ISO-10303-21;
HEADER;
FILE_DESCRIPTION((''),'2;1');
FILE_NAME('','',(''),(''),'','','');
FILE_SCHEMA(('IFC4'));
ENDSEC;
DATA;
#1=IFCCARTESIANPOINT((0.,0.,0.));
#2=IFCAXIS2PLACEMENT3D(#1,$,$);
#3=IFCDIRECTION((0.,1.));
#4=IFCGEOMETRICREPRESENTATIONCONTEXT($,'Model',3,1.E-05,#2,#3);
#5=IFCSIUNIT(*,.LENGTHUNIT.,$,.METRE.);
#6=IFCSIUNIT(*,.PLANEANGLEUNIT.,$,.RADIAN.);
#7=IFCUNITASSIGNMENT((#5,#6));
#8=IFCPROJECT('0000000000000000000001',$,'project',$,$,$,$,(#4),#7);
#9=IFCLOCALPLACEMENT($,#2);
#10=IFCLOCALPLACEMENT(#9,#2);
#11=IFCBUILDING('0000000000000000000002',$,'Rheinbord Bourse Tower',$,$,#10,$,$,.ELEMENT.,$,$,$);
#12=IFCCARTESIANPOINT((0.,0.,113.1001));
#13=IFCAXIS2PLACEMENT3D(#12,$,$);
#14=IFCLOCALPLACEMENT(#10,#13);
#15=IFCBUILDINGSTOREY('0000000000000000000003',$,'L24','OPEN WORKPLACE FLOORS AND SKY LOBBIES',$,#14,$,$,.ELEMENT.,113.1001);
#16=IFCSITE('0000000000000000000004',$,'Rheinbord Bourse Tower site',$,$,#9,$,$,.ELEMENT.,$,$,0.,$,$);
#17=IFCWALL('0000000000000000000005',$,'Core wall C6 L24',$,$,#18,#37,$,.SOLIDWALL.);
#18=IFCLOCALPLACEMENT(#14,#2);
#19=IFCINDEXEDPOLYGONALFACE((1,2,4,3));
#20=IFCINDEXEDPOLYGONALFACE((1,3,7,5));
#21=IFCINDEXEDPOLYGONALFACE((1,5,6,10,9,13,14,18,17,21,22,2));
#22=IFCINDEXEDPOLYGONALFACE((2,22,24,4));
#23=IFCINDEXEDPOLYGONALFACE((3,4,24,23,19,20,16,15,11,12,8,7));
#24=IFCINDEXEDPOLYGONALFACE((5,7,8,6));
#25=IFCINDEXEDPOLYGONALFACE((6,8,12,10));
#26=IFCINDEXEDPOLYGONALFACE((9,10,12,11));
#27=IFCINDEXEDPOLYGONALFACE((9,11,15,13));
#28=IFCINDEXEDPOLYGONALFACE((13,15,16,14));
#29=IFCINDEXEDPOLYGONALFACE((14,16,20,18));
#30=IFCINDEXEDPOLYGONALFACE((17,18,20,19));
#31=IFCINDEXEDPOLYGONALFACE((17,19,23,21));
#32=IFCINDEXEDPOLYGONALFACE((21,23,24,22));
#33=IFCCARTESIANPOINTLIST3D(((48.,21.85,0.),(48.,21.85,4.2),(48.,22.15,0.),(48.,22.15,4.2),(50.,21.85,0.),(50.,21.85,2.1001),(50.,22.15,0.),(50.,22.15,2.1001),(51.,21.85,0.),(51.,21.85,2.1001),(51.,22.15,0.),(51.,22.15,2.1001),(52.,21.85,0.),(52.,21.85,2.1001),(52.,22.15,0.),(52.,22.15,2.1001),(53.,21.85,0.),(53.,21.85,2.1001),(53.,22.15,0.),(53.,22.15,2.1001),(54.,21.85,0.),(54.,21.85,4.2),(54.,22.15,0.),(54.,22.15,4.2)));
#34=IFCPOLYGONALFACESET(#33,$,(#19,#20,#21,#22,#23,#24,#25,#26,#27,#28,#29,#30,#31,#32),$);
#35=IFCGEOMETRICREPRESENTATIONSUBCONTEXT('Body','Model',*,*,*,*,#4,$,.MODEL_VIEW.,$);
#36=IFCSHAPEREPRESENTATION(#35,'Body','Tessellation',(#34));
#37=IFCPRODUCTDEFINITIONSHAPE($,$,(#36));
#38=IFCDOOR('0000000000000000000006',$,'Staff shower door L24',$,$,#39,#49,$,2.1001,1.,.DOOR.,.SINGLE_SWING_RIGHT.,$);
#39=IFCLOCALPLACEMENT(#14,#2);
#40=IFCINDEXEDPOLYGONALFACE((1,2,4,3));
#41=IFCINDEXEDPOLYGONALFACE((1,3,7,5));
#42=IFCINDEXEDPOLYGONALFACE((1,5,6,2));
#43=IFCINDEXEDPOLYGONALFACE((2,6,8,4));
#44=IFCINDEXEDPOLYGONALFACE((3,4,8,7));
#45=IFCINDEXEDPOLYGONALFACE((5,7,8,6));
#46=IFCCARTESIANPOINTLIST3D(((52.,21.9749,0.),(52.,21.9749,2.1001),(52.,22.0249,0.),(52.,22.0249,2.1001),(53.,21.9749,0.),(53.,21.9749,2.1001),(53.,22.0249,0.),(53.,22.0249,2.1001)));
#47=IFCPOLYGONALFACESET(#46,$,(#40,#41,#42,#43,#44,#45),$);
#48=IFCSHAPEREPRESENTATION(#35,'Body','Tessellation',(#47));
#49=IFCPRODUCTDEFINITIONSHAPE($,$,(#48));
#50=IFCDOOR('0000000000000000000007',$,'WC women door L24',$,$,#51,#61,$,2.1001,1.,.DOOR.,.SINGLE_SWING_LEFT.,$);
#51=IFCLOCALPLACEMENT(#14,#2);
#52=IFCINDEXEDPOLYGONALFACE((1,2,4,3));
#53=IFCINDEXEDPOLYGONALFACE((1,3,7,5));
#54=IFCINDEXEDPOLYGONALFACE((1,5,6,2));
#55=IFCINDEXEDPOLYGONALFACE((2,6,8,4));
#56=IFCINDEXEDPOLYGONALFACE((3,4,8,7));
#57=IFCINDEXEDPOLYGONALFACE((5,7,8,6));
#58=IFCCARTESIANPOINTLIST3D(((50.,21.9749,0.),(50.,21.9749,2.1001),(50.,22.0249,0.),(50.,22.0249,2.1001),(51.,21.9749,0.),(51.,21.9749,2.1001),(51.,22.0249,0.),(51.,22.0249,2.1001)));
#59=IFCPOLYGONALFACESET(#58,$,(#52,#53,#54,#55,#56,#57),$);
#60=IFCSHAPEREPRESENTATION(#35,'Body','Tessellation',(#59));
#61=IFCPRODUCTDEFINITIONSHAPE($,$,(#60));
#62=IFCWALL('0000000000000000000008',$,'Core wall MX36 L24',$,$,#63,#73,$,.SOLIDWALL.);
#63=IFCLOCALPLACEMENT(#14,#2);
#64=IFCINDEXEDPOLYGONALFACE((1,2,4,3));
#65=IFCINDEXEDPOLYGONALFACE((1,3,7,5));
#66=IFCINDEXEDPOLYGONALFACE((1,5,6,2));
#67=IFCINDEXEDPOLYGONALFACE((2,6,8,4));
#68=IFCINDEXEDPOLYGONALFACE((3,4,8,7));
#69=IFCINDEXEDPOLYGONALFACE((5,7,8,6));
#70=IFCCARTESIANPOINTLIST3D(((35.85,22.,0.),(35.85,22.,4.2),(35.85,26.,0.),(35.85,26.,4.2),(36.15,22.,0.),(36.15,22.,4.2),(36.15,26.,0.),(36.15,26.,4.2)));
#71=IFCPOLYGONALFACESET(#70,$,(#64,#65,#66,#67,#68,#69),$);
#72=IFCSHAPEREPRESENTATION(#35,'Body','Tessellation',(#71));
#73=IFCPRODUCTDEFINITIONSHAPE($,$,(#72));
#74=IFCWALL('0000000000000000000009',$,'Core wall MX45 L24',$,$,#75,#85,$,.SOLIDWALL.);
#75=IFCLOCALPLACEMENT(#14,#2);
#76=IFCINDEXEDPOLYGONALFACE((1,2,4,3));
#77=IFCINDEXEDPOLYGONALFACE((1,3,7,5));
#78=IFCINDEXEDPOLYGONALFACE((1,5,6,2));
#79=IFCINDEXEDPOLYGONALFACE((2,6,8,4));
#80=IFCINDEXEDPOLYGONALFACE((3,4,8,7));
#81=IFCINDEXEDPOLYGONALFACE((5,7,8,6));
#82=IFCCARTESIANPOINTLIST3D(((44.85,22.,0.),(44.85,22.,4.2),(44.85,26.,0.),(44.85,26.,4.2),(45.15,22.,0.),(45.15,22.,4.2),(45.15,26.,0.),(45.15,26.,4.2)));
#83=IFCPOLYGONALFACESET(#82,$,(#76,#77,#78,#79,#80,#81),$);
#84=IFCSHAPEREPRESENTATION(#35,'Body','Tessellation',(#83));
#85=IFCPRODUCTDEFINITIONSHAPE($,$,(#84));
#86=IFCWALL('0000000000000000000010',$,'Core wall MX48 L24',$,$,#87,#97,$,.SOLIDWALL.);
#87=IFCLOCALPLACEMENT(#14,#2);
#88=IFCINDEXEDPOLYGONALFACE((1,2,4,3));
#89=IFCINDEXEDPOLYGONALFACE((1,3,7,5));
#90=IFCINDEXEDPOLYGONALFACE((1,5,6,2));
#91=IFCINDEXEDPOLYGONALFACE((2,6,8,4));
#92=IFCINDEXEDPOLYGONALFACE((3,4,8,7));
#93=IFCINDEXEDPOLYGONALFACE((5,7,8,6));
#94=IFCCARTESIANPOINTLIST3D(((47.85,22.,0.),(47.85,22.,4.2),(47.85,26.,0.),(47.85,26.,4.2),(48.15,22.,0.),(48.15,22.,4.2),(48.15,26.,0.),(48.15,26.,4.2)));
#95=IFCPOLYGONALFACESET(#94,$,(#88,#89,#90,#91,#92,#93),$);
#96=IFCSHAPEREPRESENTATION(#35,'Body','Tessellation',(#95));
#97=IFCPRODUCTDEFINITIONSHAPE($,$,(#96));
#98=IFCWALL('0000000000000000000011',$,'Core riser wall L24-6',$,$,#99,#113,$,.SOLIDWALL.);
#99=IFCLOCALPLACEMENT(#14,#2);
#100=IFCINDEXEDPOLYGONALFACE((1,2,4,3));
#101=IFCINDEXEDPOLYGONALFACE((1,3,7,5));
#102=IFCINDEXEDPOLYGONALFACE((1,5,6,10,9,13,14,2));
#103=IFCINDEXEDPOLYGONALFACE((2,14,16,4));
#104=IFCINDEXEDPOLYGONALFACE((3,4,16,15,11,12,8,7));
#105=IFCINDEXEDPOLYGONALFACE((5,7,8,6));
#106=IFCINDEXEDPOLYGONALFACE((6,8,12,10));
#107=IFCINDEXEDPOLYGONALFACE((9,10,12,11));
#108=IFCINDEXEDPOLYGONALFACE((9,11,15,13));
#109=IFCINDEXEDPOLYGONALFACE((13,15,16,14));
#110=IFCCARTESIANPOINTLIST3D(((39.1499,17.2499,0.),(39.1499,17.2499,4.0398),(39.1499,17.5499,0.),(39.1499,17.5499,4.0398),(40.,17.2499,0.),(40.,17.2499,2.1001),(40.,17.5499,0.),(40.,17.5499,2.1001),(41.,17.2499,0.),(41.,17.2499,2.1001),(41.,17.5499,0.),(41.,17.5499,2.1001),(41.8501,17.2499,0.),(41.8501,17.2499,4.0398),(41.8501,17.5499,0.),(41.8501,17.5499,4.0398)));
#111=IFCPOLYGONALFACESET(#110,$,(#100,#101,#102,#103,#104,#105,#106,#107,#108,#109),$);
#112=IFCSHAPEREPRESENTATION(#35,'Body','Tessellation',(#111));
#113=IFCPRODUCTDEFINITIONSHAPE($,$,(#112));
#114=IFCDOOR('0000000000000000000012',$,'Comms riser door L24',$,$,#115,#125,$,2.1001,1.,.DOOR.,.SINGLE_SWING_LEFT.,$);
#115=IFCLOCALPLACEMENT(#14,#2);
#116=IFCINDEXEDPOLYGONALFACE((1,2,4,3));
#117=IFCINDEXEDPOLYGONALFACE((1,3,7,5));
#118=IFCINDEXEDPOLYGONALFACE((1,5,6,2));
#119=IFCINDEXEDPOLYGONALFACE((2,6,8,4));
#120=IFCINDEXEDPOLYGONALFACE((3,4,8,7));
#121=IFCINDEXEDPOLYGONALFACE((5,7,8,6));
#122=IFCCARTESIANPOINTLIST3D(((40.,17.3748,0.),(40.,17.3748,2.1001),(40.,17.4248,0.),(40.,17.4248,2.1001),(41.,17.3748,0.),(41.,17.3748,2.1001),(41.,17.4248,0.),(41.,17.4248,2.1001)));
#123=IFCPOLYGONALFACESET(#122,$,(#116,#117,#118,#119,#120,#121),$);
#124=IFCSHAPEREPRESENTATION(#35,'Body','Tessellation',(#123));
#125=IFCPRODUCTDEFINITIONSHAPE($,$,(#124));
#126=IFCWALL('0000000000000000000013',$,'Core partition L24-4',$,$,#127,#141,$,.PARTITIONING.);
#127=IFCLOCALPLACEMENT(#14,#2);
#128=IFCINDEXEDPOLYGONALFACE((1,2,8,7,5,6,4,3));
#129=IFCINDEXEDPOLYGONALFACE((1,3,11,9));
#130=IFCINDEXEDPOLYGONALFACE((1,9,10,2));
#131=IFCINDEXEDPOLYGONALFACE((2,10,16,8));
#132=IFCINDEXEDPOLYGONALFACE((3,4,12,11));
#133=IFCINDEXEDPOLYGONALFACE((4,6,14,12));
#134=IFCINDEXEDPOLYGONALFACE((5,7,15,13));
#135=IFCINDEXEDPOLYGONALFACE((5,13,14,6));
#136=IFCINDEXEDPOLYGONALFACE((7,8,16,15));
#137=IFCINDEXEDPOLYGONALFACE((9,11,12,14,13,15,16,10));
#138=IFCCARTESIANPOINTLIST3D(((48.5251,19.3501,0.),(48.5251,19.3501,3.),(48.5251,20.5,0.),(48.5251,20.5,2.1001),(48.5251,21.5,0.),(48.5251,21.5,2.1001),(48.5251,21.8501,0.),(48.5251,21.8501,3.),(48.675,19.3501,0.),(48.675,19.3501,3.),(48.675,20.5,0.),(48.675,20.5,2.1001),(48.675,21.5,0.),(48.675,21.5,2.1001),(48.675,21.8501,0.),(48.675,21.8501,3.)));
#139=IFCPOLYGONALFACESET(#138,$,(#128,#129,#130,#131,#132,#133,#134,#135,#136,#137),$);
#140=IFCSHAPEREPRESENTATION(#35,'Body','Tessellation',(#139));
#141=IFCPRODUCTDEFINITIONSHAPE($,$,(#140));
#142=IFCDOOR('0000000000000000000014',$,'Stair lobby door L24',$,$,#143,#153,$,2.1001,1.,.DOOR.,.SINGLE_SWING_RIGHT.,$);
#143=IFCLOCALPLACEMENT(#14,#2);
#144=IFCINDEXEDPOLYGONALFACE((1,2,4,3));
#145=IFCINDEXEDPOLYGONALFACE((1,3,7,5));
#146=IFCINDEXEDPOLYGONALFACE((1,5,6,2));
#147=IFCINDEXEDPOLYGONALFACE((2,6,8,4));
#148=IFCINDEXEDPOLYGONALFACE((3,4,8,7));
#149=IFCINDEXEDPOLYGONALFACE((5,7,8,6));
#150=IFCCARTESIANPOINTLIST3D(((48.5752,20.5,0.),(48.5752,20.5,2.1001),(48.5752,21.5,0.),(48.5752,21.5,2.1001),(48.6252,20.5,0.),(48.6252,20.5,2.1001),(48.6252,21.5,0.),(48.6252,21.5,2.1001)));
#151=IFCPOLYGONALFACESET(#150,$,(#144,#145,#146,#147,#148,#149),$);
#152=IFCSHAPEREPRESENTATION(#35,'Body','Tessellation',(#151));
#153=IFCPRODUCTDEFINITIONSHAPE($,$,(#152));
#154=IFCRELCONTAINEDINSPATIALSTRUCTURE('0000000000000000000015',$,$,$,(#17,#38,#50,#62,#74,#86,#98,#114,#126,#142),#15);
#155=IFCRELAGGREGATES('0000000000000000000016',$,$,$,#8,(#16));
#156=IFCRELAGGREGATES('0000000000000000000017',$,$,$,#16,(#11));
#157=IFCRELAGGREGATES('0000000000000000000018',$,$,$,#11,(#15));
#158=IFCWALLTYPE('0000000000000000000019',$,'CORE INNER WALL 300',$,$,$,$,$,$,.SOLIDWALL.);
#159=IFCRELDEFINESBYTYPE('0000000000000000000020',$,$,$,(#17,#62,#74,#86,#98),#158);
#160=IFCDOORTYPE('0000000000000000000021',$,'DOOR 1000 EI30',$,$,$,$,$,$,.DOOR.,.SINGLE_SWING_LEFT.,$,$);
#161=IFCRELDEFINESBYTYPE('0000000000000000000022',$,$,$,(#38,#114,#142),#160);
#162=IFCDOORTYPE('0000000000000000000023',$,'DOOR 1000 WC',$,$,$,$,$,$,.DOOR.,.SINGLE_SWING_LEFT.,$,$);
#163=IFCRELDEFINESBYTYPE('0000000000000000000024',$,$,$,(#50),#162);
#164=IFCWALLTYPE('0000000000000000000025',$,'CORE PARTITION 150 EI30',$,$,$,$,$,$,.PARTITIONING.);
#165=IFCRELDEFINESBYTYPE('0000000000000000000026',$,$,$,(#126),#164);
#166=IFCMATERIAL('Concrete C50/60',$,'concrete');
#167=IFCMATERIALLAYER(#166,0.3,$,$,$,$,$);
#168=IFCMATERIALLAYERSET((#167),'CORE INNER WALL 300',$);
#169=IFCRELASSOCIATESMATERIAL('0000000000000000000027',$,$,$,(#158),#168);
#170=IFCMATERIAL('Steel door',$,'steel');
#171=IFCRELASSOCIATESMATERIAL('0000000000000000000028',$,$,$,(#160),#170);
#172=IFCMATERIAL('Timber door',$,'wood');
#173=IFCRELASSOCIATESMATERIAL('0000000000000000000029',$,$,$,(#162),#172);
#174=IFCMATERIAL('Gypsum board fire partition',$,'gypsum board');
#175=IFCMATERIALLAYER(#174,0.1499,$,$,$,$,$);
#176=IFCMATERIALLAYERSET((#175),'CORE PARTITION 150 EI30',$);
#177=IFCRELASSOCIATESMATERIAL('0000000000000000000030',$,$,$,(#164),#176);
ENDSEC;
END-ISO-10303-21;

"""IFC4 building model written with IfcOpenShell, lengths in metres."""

from ifc_helpers import new_model, si_unit, direction, frame, frame_2d, origin, place, context, subcontext, project, spatial, rectangle, extrude, material, layer, layer_set, type_object, element, fill, save


model = new_model("IFC4")

# Units and contexts
model_context = context("Model", 3, precision=1e-05, world=origin(), true_north=direction((0.0, 1.0)))
body_context = subcontext(model_context, "Body", "Model", "MODEL_VIEW")
ifc_project = project(units=[si_unit("LENGTHUNIT", "METRE"), si_unit("PLANEANGLEUNIT", "RADIAN")], contexts=[model_context])

# Site, building, storey
site_placement = place(None, origin())
site = spatial("IfcSite", under=ifc_project, at=site_placement, Name="Rheinbord Bourse Tower site", CompositionType="ELEMENT", RefElevation=0.0)
building_placement = place(site_placement, origin())
building = spatial("IfcBuilding", under=site, at=building_placement, Name="Rheinbord Bourse Tower", CompositionType="ELEMENT")
storey_placement = place(building_placement, frame((0.0, 0.0, 113.1001)))
storey = spatial("IfcBuildingStorey", under=building, at=storey_placement, Name="L24", Description="OPEN WORKPLACE FLOORS AND SKY LOBBIES", CompositionType="ELEMENT", Elevation=113.1001)

# Shared definitions
ifc_material_1 = material(Name="Concrete C50/60", Category="concrete")
ifc_layer_1 = layer(ifc_material_1, 0.3)
ifc_layer_set_1 = layer_set([ifc_layer_1], Name="CORE INNER WALL 300")
wall_type_1 = type_object("IfcWallType", Name="CORE INNER WALL 300", PredefinedType="SOLIDWALL", material=ifc_layer_set_1)
ifc_material_2 = material(Name="Steel door", Category="steel")
door_type_1 = type_object("IfcDoorType", Name="DOOR 1000 EI30", OperationType="SINGLE_SWING_LEFT", PredefinedType="DOOR", material=ifc_material_2)

# Shared definitions
ifc_material_3 = material(Name="Timber door", Category="wood")
door_type_2 = type_object("IfcDoorType", Name="DOOR 1000 WC", OperationType="SINGLE_SWING_LEFT", PredefinedType="DOOR", material=ifc_material_3)

# Wall, openings, doors
wall_1_placement = place(storey_placement, frame((48.0, 22.0, 0.0), z_axis=(0.0, 0.0, 1.0), x_axis=(1.0, 0.0, 0.0)))
wall_1 = element("IfcWall", 1, at=wall_1_placement, inside=storey, type_object=wall_type_1, Name="Core wall C6 L24", PredefinedType="SOLIDWALL", context=body_context, shape_type="SweptSolid", body=[
    extrude(rectangle(XDim=6.0, YDim=0.3, at=frame_2d((3.0, 0.0))), origin(), (0.0, 0.0, 1.0), 4.2),
])
opening_1_placement = place(wall_1_placement, frame((2.0, 0.0, 0.0)))
opening_1 = element("IfcOpeningElement", 2, at=opening_1_placement, cuts=wall_1, PredefinedType="OPENING", context=body_context, shape_type="SweptSolid", body=[
    extrude(rectangle(XDim=1.0, YDim=2.1001, at=frame_2d((0.5, 1.05))), frame((0.0, 0.1599, 0.0), z_axis=(0.0, -1.0, 0.0), x_axis=(1.0, 0.0, 0.0)), (0.0, 0.0, 1.0), 0.3201),
])
opening_2_placement = place(wall_1_placement, frame((4.0, 0.0, 0.0)))
opening_2 = element("IfcOpeningElement", 3, at=opening_2_placement, cuts=wall_1, PredefinedType="OPENING", context=body_context, shape_type="SweptSolid", body=[
    extrude(rectangle(XDim=1.0, YDim=2.1001, at=frame_2d((0.5, 1.05))), frame((0.0, 0.1599, 0.0), z_axis=(0.0, -1.0, 0.0), x_axis=(1.0, 0.0, 0.0)), (0.0, 0.0, 1.0), 0.3201),
])
door_1_placement = place(opening_2_placement, origin())
door_1 = element("IfcDoor", 4, at=door_1_placement, inside=storey, type_object=door_type_1, Name="Staff shower door L24", OperationType="SINGLE_SWING_RIGHT", OverallHeight=2.1001, OverallWidth=1.0, PredefinedType="DOOR", context=body_context, shape_type="SweptSolid", body=[
    extrude(rectangle(XDim=1.0, YDim=2.1001, at=frame_2d((0.5, 1.05))), frame((0.0, 0.0249, 0.0), z_axis=(0.0, -1.0, 0.0), x_axis=(1.0, 0.0, 0.0)), (0.0, 0.0, 1.0), 0.05),
])
fill(opening_2, door_1)
door_2_placement = place(opening_1_placement, origin())
door_2 = element("IfcDoor", 5, at=door_2_placement, inside=storey, type_object=door_type_2, Name="WC women door L24", OperationType="SINGLE_SWING_LEFT", OverallHeight=2.1001, OverallWidth=1.0, PredefinedType="DOOR", context=body_context, shape_type="SweptSolid", body=[
    extrude(rectangle(XDim=1.0, YDim=2.1001, at=frame_2d((0.5, 1.05))), frame((0.0, 0.0249, 0.0), z_axis=(0.0, -1.0, 0.0), x_axis=(1.0, 0.0, 0.0)), (0.0, 0.0, 1.0), 0.05),
])
fill(opening_1, door_2)

# Walls
for number, where, z_axis, x_axis, name in (
    (6, (36.0, 22.0, 0.0), (0.0, 0.0, 1.0), (0.0, 1.0, 0.0), "Core wall MX36 L24"),
    (7, (45.0, 22.0, 0.0), (0.0, 0.0, 1.0), (0.0, 1.0, 0.0), "Core wall MX45 L24"),
    (8, (48.0, 22.0, 0.0), (0.0, 0.0, 1.0), (0.0, 1.0, 0.0), "Core wall MX48 L24"),
):
    element("IfcWall", number, at=place(storey_placement, frame(where, z_axis=z_axis, x_axis=x_axis)), inside=storey, type_object=wall_type_1, Name=name, PredefinedType="SOLIDWALL", context=body_context, shape_type="SweptSolid", body=[
        extrude(rectangle(XDim=4.0, YDim=0.3, at=frame_2d((2.0, 0.0))), origin(), (0.0, 0.0, 1.0), 4.2),
    ])

# Walls, openings, doors
wall_2_placement = place(storey_placement, frame((39.1499, 17.3999, 0.0), z_axis=(0.0, 0.0, 1.0), x_axis=(1.0, 0.0, 0.0)))
wall_2 = element("IfcWall", 9, at=wall_2_placement, inside=storey, type_object=wall_type_1, Name="Core riser wall L24-6", PredefinedType="SOLIDWALL", context=body_context, shape_type="SweptSolid", body=[
    extrude(rectangle(XDim=2.7002, YDim=0.3, at=frame_2d((1.3501, 0.0))), origin(), (0.0, 0.0, 1.0), 4.0398),
])
opening_3_placement = place(wall_2_placement, frame((0.8501, 0.0, 0.0)))
opening_3 = element("IfcOpeningElement", 10, at=opening_3_placement, cuts=wall_2, PredefinedType="OPENING", context=body_context, shape_type="SweptSolid", body=[
    extrude(rectangle(XDim=1.0, YDim=2.1001, at=frame_2d((0.5, 1.05))), frame((0.0, 0.1599, 0.0), z_axis=(0.0, -1.0, 0.0), x_axis=(1.0, 0.0, 0.0)), (0.0, 0.0, 1.0), 0.3201),
])
door_3_placement = place(opening_3_placement, origin())
door_3 = element("IfcDoor", 11, at=door_3_placement, inside=storey, type_object=door_type_1, Name="Comms riser door L24", OperationType="SINGLE_SWING_LEFT", OverallHeight=2.1001, OverallWidth=1.0, PredefinedType="DOOR", context=body_context, shape_type="SweptSolid", body=[
    extrude(rectangle(XDim=1.0, YDim=2.1001, at=frame_2d((0.5, 1.05))), frame((0.0, 0.0249, 0.0), z_axis=(0.0, -1.0, 0.0), x_axis=(1.0, 0.0, 0.0)), (0.0, 0.0, 1.0), 0.05),
])
fill(opening_3, door_3)
ifc_material_4 = material(Name="Gypsum board fire partition", Category="gypsum board")
ifc_layer_2 = layer(ifc_material_4, 0.1499)
ifc_layer_set_2 = layer_set([ifc_layer_2], Name="CORE PARTITION 150 EI30")
wall_type_2 = type_object("IfcWallType", Name="CORE PARTITION 150 EI30", PredefinedType="PARTITIONING", material=ifc_layer_set_2)
wall_3_placement = place(storey_placement, frame((48.6001, 19.3501, 0.0), z_axis=(0.0, 0.0, 1.0), x_axis=(0.0, 1.0, 0.0)))
wall_3 = element("IfcWall", 12, at=wall_3_placement, inside=storey, type_object=wall_type_2, Name="Core partition L24-4", PredefinedType="PARTITIONING", context=body_context, shape_type="SweptSolid", body=[
    extrude(rectangle(XDim=2.5, YDim=0.1499, at=frame_2d((1.25, 0.0))), origin(), (0.0, 0.0, 1.0), 3.0),
])
opening_4_placement = place(wall_3_placement, frame((1.1499, 0.0, 0.0)))
opening_4 = element("IfcOpeningElement", 13, at=opening_4_placement, cuts=wall_3, PredefinedType="OPENING", context=body_context, shape_type="SweptSolid", body=[
    extrude(rectangle(XDim=1.0, YDim=2.1001, at=frame_2d((0.5, 1.05))), frame((0.0, 0.085, 0.0), z_axis=(0.0, -1.0, 0.0), x_axis=(1.0, 0.0, 0.0)), (0.0, 0.0, 1.0), 0.1699),
])
door_4_placement = place(opening_4_placement, origin())
door_4 = element("IfcDoor", 14, at=door_4_placement, inside=storey, type_object=door_type_1, Name="Stair lobby door L24", OperationType="SINGLE_SWING_RIGHT", OverallHeight=2.1001, OverallWidth=1.0, PredefinedType="DOOR", context=body_context, shape_type="SweptSolid", body=[
    extrude(rectangle(XDim=1.0, YDim=2.1001, at=frame_2d((0.5, 1.05))), frame((0.0, 0.0249, 0.0), z_axis=(0.0, -1.0, 0.0), x_axis=(1.0, 0.0, 0.0)), (0.0, 0.0, 1.0), 0.05),
])
fill(opening_4, door_4)

save(model, "model.ifc")
